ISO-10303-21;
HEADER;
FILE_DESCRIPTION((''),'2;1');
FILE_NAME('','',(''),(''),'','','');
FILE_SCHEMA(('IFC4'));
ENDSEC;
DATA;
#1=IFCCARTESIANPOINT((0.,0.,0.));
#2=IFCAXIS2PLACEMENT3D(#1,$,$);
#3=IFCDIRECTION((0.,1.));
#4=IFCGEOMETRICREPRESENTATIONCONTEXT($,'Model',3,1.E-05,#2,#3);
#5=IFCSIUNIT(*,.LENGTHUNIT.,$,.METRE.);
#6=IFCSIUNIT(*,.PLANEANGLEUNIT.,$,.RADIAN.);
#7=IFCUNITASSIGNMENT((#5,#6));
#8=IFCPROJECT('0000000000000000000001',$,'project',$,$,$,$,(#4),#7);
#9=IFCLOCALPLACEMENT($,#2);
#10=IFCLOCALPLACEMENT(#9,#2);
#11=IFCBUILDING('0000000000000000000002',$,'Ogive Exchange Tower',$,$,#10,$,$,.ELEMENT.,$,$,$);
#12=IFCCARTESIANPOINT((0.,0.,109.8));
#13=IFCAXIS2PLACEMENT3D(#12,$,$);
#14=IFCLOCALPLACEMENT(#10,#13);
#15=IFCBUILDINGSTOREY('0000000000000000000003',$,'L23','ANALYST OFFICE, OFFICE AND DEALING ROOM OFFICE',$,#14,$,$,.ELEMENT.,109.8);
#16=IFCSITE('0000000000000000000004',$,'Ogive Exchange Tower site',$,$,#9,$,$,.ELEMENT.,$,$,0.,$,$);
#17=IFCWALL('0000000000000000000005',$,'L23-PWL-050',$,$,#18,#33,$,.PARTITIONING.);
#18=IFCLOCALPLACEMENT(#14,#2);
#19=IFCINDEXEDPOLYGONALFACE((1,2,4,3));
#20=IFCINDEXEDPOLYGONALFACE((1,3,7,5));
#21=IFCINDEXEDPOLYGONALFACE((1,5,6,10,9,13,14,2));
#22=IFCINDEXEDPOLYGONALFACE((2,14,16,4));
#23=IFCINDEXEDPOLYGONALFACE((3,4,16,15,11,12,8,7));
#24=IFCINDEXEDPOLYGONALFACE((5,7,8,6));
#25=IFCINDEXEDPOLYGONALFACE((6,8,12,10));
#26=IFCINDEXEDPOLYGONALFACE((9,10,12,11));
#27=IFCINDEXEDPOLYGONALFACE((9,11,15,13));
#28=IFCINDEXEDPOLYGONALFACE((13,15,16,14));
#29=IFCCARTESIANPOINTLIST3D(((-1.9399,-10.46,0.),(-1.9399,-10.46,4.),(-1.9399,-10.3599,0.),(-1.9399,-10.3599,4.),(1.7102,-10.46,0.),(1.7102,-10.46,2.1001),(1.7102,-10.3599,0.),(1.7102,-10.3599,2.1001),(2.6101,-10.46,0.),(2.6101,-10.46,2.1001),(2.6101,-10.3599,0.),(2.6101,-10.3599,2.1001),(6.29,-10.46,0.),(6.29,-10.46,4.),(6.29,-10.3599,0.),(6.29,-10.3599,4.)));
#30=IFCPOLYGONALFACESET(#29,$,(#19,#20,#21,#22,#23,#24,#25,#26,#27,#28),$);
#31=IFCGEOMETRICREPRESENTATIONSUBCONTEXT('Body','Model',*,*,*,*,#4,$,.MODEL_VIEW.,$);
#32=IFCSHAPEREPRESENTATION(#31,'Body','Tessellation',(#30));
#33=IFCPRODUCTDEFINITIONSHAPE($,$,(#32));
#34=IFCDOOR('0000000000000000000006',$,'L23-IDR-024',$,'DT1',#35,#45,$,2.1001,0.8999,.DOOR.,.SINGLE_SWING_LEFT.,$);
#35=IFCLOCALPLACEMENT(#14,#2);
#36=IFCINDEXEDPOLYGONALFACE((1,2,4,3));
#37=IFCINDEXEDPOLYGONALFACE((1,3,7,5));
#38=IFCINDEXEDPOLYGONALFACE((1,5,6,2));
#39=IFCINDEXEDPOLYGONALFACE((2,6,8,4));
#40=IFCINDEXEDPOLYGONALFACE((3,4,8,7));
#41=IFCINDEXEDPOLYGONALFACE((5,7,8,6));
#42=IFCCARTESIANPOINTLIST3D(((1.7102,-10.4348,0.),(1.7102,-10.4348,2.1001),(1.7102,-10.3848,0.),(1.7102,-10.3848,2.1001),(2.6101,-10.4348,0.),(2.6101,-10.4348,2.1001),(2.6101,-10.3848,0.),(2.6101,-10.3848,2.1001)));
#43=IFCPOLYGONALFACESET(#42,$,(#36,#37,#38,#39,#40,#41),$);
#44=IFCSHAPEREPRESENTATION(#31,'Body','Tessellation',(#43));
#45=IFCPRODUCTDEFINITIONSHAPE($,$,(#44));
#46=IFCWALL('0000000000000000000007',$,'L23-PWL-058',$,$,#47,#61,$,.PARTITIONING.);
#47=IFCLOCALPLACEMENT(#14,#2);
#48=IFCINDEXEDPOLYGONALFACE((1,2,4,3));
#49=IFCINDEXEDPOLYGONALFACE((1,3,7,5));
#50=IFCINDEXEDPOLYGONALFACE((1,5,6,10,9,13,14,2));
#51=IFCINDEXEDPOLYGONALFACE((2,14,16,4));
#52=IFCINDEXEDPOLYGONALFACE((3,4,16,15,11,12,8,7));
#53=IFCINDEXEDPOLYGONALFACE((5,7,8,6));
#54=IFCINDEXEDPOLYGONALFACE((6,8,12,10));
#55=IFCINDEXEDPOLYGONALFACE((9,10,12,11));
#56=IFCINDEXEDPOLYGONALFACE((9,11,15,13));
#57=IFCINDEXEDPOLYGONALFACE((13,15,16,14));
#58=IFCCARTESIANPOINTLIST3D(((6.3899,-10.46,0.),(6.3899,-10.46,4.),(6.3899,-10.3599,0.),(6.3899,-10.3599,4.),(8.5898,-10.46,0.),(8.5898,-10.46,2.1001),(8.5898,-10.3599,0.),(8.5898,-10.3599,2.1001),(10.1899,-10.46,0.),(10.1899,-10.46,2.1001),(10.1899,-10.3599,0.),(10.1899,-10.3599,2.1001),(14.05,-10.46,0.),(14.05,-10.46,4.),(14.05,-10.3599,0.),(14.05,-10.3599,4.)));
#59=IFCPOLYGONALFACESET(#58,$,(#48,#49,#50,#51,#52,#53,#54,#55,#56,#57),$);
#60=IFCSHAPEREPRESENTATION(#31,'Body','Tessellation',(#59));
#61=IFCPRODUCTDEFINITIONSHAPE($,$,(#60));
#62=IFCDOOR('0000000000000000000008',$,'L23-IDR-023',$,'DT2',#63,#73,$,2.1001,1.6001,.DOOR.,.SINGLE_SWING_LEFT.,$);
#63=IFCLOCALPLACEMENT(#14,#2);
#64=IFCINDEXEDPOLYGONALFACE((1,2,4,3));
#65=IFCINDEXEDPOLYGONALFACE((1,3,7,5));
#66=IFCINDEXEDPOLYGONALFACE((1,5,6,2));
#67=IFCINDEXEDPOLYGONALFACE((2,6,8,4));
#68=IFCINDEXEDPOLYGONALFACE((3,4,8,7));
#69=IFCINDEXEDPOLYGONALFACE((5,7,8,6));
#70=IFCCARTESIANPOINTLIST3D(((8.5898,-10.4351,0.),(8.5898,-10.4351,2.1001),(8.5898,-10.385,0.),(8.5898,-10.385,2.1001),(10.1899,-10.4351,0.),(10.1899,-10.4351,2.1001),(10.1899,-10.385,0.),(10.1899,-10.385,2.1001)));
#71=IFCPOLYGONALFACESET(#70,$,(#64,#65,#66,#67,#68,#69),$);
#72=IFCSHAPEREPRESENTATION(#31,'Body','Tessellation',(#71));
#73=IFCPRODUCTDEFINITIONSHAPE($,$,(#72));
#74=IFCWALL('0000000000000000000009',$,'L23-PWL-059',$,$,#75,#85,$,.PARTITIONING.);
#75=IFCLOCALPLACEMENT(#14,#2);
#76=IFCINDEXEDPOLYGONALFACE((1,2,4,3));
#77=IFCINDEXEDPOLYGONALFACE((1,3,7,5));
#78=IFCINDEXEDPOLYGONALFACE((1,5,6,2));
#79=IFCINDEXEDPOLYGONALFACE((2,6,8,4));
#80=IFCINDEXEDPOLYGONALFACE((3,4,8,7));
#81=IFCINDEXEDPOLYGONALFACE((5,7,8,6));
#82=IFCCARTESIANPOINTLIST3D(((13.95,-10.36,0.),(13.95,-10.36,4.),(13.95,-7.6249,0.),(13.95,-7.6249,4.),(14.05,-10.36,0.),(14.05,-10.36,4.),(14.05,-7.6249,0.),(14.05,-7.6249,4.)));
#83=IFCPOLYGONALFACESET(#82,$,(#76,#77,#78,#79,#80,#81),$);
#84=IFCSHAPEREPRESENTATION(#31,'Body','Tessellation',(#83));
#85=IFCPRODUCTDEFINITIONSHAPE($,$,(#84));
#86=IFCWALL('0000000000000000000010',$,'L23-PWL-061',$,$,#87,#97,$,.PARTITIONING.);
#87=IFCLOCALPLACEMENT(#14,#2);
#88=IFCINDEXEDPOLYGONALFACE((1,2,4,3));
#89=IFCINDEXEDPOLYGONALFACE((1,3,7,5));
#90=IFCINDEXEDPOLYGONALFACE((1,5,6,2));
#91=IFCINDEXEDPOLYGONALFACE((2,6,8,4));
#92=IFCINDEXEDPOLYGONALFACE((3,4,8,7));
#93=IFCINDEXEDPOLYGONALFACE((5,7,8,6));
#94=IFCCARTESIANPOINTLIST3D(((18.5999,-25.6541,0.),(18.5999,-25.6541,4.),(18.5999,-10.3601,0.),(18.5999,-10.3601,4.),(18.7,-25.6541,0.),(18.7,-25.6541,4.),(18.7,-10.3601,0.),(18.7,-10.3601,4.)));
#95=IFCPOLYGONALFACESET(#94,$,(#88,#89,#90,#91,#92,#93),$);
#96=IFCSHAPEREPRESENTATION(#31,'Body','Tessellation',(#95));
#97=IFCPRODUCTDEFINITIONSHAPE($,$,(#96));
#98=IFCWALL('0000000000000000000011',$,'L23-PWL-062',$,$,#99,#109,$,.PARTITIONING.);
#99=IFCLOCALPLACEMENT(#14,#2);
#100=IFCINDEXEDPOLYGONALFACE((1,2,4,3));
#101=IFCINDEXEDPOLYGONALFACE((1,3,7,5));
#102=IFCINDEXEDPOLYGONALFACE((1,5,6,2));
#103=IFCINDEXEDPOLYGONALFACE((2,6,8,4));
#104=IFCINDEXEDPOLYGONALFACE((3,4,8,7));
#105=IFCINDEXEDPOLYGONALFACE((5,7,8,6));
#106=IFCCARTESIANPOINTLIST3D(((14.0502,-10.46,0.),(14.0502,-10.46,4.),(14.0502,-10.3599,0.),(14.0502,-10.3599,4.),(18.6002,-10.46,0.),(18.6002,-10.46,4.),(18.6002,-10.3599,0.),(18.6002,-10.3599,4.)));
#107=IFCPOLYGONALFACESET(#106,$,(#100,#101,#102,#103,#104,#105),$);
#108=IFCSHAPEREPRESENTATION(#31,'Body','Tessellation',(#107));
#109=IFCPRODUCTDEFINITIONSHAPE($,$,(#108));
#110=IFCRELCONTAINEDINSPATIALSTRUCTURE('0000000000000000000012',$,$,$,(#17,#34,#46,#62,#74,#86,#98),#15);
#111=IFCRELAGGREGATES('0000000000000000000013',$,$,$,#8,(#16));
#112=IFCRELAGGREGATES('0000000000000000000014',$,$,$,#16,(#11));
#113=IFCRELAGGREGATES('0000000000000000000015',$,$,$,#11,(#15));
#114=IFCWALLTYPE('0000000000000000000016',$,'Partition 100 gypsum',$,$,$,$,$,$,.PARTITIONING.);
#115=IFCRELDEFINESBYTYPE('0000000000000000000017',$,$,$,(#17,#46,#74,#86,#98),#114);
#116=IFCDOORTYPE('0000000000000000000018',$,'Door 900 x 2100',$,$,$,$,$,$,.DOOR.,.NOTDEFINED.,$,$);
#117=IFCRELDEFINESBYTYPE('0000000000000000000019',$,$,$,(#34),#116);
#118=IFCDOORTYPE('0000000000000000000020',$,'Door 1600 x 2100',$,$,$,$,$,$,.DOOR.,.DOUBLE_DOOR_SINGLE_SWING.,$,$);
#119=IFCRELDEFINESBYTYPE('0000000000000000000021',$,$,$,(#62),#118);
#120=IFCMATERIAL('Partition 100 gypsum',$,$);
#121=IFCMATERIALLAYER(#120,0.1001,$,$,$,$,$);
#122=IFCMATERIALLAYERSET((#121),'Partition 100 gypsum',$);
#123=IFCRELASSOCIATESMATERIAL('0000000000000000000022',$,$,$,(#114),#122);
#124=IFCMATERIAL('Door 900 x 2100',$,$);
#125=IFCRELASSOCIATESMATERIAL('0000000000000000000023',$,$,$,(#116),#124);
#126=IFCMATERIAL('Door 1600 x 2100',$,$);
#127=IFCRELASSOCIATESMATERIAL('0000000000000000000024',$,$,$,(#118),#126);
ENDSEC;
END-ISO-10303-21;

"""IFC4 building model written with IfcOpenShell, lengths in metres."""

from ifc_helpers import new_model, si_unit, direction, frame, frame_2d, origin, place, context, subcontext, project, spatial, rectangle, extrude, material, layer, layer_set, type_object, element, fill, save


model = new_model("IFC4")

# Units and contexts
model_context = context("Model", 3, precision=1e-05, world=origin(), true_north=direction((0.0, 1.0)))
body_context = subcontext(model_context, "Body", "Model", "MODEL_VIEW")
ifc_project = project(units=[si_unit("LENGTHUNIT", "METRE"), si_unit("PLANEANGLEUNIT", "RADIAN")], contexts=[model_context])

# Site, building, storey
site_placement = place(None, origin())
site = spatial("IfcSite", under=ifc_project, at=site_placement, Name="Ogive Exchange Tower site", CompositionType="ELEMENT", RefElevation=0.0)
building_placement = place(site_placement, origin())
building = spatial("IfcBuilding", under=site, at=building_placement, Name="Ogive Exchange Tower", CompositionType="ELEMENT")
storey_placement = place(building_placement, frame((0.0, 0.0, 109.8)))
storey = spatial("IfcBuildingStorey", under=building, at=storey_placement, Name="L23", Description="ANALYST OFFICE, OFFICE AND DEALING ROOM OFFICE", CompositionType="ELEMENT", Elevation=109.8)

# Shared definitions
ifc_material_1 = material(Name="Partition 100 gypsum")
ifc_layer_1 = layer(ifc_material_1, 0.1001)
ifc_layer_set_1 = layer_set([ifc_layer_1], Name="Partition 100 gypsum")
wall_type_1 = type_object("IfcWallType", Name="Partition 100 gypsum", PredefinedType="PARTITIONING", material=ifc_layer_set_1)

# Walls, openings, doors
wall_1_placement = place(storey_placement, frame((6.29, -10.4099, 0.0), z_axis=(0.0, 0.0, 1.0), x_axis=(-1.0, 0.0, 0.0)))
wall_1 = element("IfcWall", 1, at=wall_1_placement, inside=storey, type_object=wall_type_1, Name="L23-PWL-050", PredefinedType="PARTITIONING", context=body_context, shape_type="SweptSolid", body=[
    extrude(rectangle(XDim=8.23, YDim=0.1001, at=frame_2d((4.115, 0.0))), origin(), (0.0, 0.0, 1.0), 4.0),
])
opening_1_placement = place(wall_1_placement, frame((3.6799, 0.0, 0.0)))
opening_1 = element("IfcOpeningElement", 2, at=opening_1_placement, cuts=wall_1, PredefinedType="OPENING", context=body_context, shape_type="SweptSolid", body=[
    extrude(rectangle(XDim=0.8999, YDim=2.1001, at=frame_2d((0.45, 1.05))), frame((0.0, 0.0601, 0.0), z_axis=(0.0, -1.0, 0.0), x_axis=(1.0, 0.0, 0.0)), (0.0, 0.0, 1.0), 0.1201),
])
ifc_material_2 = material(Name="Door 900 x 2100")
door_type_1 = type_object("IfcDoorType", Name="Door 900 x 2100", OperationType="NOTDEFINED", PredefinedType="DOOR", material=ifc_material_2)
door_1_placement = place(opening_1_placement, origin())
door_1 = element("IfcDoor", 3, at=door_1_placement, inside=storey, type_object=door_type_1, Name="L23-IDR-024", ObjectType="DT1", OperationType="SINGLE_SWING_LEFT", OverallHeight=2.1001, OverallWidth=0.8999, PredefinedType="DOOR", context=body_context, shape_type="SweptSolid", body=[
    extrude(rectangle(XDim=0.8999, YDim=2.1001, at=frame_2d((0.45, 1.05))), frame((0.0, 0.0249, 0.0), z_axis=(0.0, -1.0, 0.0), x_axis=(1.0, 0.0, 0.0)), (0.0, 0.0, 1.0), 0.05),
])
fill(opening_1, door_1)
wall_2_placement = place(storey_placement, frame((14.05, -10.4099, 0.0), z_axis=(0.0, 0.0, 1.0), x_axis=(-1.0, 0.0, 0.0)))
wall_2 = element("IfcWall", 4, at=wall_2_placement, inside=storey, type_object=wall_type_1, Name="L23-PWL-058", PredefinedType="PARTITIONING", context=body_context, shape_type="SweptSolid", body=[
    extrude(rectangle(XDim=7.6602, YDim=0.1001, at=frame_2d((3.8301, 0.0))), origin(), (0.0, 0.0, 1.0), 4.0),
])
opening_2_placement = place(wall_2_placement, frame((3.8601, 0.0, 0.0)))
opening_2 = element("IfcOpeningElement", 5, at=opening_2_placement, cuts=wall_2, PredefinedType="OPENING", context=body_context, shape_type="SweptSolid", body=[
    extrude(rectangle(XDim=1.6001, YDim=2.1001, at=frame_2d((0.8, 1.05))), frame((0.0, 0.0601, 0.0), z_axis=(0.0, -1.0, 0.0), x_axis=(1.0, 0.0, 0.0)), (0.0, 0.0, 1.0), 0.1201),
])
ifc_material_3 = material(Name="Door 1600 x 2100")
door_type_2 = type_object("IfcDoorType", Name="Door 1600 x 2100", OperationType="DOUBLE_DOOR_SINGLE_SWING", PredefinedType="DOOR", material=ifc_material_3)
door_2_placement = place(opening_2_placement, frame((1.6001, 0.0, 0.0), z_axis=(0.0, 0.0, 1.0), x_axis=(-1.0, 0.0, 0.0)))
door_2 = element("IfcDoor", 6, at=door_2_placement, inside=storey, type_object=door_type_2, Name="L23-IDR-023", ObjectType="DT2", OperationType="SINGLE_SWING_LEFT", OverallHeight=2.1001, OverallWidth=1.6001, PredefinedType="DOOR", context=body_context, shape_type="SweptSolid", body=[
    extrude(rectangle(XDim=1.6001, YDim=2.1001, at=frame_2d((0.8, 1.05))), frame((0.0, 0.0249, 0.0), z_axis=(0.0, -1.0, 0.0), x_axis=(1.0, 0.0, 0.0)), (0.0, 0.0, 1.0), 0.05),
])
fill(opening_2, door_2)

# Walls
wall_3_placement = place(storey_placement, frame((14.0, -10.3601, 0.0), z_axis=(0.0, 0.0, 1.0), x_axis=(0.0, 1.0, 0.0)))
element("IfcWall", 7, at=wall_3_placement, inside=storey, type_object=wall_type_1, Name="L23-PWL-059", PredefinedType="PARTITIONING", context=body_context, shape_type="SweptSolid", body=[
    extrude(rectangle(XDim=2.7351, YDim=0.1001, at=frame_2d((1.3677, 0.0))), origin(), (0.0, 0.0, 1.0), 4.0),
])
wall_4_placement = place(storey_placement, frame((18.6499, -25.6541, 0.0), z_axis=(0.0, 0.0, 1.0), x_axis=(0.0, 1.0, 0.0)))
element("IfcWall", 8, at=wall_4_placement, inside=storey, type_object=wall_type_1, Name="L23-PWL-061", PredefinedType="PARTITIONING", context=body_context, shape_type="SweptSolid", body=[
    extrude(rectangle(XDim=15.2939, YDim=0.1001, at=frame_2d((7.647, 0.0))), origin(), (0.0, 0.0, 1.0), 4.0),
])
wall_5_placement = place(storey_placement, frame((18.6001, -10.4099, 0.0), z_axis=(0.0, 0.0, 1.0), x_axis=(-1.0, 0.0, 0.0)))
element("IfcWall", 9, at=wall_5_placement, inside=storey, type_object=wall_type_1, Name="L23-PWL-062", PredefinedType="PARTITIONING", context=body_context, shape_type="SweptSolid", body=[
    extrude(rectangle(XDim=4.55, YDim=0.1001, at=frame_2d((2.2749, 0.0))), origin(), (0.0, 0.0, 1.0), 4.0),
])

save(model, "model.ifc")
